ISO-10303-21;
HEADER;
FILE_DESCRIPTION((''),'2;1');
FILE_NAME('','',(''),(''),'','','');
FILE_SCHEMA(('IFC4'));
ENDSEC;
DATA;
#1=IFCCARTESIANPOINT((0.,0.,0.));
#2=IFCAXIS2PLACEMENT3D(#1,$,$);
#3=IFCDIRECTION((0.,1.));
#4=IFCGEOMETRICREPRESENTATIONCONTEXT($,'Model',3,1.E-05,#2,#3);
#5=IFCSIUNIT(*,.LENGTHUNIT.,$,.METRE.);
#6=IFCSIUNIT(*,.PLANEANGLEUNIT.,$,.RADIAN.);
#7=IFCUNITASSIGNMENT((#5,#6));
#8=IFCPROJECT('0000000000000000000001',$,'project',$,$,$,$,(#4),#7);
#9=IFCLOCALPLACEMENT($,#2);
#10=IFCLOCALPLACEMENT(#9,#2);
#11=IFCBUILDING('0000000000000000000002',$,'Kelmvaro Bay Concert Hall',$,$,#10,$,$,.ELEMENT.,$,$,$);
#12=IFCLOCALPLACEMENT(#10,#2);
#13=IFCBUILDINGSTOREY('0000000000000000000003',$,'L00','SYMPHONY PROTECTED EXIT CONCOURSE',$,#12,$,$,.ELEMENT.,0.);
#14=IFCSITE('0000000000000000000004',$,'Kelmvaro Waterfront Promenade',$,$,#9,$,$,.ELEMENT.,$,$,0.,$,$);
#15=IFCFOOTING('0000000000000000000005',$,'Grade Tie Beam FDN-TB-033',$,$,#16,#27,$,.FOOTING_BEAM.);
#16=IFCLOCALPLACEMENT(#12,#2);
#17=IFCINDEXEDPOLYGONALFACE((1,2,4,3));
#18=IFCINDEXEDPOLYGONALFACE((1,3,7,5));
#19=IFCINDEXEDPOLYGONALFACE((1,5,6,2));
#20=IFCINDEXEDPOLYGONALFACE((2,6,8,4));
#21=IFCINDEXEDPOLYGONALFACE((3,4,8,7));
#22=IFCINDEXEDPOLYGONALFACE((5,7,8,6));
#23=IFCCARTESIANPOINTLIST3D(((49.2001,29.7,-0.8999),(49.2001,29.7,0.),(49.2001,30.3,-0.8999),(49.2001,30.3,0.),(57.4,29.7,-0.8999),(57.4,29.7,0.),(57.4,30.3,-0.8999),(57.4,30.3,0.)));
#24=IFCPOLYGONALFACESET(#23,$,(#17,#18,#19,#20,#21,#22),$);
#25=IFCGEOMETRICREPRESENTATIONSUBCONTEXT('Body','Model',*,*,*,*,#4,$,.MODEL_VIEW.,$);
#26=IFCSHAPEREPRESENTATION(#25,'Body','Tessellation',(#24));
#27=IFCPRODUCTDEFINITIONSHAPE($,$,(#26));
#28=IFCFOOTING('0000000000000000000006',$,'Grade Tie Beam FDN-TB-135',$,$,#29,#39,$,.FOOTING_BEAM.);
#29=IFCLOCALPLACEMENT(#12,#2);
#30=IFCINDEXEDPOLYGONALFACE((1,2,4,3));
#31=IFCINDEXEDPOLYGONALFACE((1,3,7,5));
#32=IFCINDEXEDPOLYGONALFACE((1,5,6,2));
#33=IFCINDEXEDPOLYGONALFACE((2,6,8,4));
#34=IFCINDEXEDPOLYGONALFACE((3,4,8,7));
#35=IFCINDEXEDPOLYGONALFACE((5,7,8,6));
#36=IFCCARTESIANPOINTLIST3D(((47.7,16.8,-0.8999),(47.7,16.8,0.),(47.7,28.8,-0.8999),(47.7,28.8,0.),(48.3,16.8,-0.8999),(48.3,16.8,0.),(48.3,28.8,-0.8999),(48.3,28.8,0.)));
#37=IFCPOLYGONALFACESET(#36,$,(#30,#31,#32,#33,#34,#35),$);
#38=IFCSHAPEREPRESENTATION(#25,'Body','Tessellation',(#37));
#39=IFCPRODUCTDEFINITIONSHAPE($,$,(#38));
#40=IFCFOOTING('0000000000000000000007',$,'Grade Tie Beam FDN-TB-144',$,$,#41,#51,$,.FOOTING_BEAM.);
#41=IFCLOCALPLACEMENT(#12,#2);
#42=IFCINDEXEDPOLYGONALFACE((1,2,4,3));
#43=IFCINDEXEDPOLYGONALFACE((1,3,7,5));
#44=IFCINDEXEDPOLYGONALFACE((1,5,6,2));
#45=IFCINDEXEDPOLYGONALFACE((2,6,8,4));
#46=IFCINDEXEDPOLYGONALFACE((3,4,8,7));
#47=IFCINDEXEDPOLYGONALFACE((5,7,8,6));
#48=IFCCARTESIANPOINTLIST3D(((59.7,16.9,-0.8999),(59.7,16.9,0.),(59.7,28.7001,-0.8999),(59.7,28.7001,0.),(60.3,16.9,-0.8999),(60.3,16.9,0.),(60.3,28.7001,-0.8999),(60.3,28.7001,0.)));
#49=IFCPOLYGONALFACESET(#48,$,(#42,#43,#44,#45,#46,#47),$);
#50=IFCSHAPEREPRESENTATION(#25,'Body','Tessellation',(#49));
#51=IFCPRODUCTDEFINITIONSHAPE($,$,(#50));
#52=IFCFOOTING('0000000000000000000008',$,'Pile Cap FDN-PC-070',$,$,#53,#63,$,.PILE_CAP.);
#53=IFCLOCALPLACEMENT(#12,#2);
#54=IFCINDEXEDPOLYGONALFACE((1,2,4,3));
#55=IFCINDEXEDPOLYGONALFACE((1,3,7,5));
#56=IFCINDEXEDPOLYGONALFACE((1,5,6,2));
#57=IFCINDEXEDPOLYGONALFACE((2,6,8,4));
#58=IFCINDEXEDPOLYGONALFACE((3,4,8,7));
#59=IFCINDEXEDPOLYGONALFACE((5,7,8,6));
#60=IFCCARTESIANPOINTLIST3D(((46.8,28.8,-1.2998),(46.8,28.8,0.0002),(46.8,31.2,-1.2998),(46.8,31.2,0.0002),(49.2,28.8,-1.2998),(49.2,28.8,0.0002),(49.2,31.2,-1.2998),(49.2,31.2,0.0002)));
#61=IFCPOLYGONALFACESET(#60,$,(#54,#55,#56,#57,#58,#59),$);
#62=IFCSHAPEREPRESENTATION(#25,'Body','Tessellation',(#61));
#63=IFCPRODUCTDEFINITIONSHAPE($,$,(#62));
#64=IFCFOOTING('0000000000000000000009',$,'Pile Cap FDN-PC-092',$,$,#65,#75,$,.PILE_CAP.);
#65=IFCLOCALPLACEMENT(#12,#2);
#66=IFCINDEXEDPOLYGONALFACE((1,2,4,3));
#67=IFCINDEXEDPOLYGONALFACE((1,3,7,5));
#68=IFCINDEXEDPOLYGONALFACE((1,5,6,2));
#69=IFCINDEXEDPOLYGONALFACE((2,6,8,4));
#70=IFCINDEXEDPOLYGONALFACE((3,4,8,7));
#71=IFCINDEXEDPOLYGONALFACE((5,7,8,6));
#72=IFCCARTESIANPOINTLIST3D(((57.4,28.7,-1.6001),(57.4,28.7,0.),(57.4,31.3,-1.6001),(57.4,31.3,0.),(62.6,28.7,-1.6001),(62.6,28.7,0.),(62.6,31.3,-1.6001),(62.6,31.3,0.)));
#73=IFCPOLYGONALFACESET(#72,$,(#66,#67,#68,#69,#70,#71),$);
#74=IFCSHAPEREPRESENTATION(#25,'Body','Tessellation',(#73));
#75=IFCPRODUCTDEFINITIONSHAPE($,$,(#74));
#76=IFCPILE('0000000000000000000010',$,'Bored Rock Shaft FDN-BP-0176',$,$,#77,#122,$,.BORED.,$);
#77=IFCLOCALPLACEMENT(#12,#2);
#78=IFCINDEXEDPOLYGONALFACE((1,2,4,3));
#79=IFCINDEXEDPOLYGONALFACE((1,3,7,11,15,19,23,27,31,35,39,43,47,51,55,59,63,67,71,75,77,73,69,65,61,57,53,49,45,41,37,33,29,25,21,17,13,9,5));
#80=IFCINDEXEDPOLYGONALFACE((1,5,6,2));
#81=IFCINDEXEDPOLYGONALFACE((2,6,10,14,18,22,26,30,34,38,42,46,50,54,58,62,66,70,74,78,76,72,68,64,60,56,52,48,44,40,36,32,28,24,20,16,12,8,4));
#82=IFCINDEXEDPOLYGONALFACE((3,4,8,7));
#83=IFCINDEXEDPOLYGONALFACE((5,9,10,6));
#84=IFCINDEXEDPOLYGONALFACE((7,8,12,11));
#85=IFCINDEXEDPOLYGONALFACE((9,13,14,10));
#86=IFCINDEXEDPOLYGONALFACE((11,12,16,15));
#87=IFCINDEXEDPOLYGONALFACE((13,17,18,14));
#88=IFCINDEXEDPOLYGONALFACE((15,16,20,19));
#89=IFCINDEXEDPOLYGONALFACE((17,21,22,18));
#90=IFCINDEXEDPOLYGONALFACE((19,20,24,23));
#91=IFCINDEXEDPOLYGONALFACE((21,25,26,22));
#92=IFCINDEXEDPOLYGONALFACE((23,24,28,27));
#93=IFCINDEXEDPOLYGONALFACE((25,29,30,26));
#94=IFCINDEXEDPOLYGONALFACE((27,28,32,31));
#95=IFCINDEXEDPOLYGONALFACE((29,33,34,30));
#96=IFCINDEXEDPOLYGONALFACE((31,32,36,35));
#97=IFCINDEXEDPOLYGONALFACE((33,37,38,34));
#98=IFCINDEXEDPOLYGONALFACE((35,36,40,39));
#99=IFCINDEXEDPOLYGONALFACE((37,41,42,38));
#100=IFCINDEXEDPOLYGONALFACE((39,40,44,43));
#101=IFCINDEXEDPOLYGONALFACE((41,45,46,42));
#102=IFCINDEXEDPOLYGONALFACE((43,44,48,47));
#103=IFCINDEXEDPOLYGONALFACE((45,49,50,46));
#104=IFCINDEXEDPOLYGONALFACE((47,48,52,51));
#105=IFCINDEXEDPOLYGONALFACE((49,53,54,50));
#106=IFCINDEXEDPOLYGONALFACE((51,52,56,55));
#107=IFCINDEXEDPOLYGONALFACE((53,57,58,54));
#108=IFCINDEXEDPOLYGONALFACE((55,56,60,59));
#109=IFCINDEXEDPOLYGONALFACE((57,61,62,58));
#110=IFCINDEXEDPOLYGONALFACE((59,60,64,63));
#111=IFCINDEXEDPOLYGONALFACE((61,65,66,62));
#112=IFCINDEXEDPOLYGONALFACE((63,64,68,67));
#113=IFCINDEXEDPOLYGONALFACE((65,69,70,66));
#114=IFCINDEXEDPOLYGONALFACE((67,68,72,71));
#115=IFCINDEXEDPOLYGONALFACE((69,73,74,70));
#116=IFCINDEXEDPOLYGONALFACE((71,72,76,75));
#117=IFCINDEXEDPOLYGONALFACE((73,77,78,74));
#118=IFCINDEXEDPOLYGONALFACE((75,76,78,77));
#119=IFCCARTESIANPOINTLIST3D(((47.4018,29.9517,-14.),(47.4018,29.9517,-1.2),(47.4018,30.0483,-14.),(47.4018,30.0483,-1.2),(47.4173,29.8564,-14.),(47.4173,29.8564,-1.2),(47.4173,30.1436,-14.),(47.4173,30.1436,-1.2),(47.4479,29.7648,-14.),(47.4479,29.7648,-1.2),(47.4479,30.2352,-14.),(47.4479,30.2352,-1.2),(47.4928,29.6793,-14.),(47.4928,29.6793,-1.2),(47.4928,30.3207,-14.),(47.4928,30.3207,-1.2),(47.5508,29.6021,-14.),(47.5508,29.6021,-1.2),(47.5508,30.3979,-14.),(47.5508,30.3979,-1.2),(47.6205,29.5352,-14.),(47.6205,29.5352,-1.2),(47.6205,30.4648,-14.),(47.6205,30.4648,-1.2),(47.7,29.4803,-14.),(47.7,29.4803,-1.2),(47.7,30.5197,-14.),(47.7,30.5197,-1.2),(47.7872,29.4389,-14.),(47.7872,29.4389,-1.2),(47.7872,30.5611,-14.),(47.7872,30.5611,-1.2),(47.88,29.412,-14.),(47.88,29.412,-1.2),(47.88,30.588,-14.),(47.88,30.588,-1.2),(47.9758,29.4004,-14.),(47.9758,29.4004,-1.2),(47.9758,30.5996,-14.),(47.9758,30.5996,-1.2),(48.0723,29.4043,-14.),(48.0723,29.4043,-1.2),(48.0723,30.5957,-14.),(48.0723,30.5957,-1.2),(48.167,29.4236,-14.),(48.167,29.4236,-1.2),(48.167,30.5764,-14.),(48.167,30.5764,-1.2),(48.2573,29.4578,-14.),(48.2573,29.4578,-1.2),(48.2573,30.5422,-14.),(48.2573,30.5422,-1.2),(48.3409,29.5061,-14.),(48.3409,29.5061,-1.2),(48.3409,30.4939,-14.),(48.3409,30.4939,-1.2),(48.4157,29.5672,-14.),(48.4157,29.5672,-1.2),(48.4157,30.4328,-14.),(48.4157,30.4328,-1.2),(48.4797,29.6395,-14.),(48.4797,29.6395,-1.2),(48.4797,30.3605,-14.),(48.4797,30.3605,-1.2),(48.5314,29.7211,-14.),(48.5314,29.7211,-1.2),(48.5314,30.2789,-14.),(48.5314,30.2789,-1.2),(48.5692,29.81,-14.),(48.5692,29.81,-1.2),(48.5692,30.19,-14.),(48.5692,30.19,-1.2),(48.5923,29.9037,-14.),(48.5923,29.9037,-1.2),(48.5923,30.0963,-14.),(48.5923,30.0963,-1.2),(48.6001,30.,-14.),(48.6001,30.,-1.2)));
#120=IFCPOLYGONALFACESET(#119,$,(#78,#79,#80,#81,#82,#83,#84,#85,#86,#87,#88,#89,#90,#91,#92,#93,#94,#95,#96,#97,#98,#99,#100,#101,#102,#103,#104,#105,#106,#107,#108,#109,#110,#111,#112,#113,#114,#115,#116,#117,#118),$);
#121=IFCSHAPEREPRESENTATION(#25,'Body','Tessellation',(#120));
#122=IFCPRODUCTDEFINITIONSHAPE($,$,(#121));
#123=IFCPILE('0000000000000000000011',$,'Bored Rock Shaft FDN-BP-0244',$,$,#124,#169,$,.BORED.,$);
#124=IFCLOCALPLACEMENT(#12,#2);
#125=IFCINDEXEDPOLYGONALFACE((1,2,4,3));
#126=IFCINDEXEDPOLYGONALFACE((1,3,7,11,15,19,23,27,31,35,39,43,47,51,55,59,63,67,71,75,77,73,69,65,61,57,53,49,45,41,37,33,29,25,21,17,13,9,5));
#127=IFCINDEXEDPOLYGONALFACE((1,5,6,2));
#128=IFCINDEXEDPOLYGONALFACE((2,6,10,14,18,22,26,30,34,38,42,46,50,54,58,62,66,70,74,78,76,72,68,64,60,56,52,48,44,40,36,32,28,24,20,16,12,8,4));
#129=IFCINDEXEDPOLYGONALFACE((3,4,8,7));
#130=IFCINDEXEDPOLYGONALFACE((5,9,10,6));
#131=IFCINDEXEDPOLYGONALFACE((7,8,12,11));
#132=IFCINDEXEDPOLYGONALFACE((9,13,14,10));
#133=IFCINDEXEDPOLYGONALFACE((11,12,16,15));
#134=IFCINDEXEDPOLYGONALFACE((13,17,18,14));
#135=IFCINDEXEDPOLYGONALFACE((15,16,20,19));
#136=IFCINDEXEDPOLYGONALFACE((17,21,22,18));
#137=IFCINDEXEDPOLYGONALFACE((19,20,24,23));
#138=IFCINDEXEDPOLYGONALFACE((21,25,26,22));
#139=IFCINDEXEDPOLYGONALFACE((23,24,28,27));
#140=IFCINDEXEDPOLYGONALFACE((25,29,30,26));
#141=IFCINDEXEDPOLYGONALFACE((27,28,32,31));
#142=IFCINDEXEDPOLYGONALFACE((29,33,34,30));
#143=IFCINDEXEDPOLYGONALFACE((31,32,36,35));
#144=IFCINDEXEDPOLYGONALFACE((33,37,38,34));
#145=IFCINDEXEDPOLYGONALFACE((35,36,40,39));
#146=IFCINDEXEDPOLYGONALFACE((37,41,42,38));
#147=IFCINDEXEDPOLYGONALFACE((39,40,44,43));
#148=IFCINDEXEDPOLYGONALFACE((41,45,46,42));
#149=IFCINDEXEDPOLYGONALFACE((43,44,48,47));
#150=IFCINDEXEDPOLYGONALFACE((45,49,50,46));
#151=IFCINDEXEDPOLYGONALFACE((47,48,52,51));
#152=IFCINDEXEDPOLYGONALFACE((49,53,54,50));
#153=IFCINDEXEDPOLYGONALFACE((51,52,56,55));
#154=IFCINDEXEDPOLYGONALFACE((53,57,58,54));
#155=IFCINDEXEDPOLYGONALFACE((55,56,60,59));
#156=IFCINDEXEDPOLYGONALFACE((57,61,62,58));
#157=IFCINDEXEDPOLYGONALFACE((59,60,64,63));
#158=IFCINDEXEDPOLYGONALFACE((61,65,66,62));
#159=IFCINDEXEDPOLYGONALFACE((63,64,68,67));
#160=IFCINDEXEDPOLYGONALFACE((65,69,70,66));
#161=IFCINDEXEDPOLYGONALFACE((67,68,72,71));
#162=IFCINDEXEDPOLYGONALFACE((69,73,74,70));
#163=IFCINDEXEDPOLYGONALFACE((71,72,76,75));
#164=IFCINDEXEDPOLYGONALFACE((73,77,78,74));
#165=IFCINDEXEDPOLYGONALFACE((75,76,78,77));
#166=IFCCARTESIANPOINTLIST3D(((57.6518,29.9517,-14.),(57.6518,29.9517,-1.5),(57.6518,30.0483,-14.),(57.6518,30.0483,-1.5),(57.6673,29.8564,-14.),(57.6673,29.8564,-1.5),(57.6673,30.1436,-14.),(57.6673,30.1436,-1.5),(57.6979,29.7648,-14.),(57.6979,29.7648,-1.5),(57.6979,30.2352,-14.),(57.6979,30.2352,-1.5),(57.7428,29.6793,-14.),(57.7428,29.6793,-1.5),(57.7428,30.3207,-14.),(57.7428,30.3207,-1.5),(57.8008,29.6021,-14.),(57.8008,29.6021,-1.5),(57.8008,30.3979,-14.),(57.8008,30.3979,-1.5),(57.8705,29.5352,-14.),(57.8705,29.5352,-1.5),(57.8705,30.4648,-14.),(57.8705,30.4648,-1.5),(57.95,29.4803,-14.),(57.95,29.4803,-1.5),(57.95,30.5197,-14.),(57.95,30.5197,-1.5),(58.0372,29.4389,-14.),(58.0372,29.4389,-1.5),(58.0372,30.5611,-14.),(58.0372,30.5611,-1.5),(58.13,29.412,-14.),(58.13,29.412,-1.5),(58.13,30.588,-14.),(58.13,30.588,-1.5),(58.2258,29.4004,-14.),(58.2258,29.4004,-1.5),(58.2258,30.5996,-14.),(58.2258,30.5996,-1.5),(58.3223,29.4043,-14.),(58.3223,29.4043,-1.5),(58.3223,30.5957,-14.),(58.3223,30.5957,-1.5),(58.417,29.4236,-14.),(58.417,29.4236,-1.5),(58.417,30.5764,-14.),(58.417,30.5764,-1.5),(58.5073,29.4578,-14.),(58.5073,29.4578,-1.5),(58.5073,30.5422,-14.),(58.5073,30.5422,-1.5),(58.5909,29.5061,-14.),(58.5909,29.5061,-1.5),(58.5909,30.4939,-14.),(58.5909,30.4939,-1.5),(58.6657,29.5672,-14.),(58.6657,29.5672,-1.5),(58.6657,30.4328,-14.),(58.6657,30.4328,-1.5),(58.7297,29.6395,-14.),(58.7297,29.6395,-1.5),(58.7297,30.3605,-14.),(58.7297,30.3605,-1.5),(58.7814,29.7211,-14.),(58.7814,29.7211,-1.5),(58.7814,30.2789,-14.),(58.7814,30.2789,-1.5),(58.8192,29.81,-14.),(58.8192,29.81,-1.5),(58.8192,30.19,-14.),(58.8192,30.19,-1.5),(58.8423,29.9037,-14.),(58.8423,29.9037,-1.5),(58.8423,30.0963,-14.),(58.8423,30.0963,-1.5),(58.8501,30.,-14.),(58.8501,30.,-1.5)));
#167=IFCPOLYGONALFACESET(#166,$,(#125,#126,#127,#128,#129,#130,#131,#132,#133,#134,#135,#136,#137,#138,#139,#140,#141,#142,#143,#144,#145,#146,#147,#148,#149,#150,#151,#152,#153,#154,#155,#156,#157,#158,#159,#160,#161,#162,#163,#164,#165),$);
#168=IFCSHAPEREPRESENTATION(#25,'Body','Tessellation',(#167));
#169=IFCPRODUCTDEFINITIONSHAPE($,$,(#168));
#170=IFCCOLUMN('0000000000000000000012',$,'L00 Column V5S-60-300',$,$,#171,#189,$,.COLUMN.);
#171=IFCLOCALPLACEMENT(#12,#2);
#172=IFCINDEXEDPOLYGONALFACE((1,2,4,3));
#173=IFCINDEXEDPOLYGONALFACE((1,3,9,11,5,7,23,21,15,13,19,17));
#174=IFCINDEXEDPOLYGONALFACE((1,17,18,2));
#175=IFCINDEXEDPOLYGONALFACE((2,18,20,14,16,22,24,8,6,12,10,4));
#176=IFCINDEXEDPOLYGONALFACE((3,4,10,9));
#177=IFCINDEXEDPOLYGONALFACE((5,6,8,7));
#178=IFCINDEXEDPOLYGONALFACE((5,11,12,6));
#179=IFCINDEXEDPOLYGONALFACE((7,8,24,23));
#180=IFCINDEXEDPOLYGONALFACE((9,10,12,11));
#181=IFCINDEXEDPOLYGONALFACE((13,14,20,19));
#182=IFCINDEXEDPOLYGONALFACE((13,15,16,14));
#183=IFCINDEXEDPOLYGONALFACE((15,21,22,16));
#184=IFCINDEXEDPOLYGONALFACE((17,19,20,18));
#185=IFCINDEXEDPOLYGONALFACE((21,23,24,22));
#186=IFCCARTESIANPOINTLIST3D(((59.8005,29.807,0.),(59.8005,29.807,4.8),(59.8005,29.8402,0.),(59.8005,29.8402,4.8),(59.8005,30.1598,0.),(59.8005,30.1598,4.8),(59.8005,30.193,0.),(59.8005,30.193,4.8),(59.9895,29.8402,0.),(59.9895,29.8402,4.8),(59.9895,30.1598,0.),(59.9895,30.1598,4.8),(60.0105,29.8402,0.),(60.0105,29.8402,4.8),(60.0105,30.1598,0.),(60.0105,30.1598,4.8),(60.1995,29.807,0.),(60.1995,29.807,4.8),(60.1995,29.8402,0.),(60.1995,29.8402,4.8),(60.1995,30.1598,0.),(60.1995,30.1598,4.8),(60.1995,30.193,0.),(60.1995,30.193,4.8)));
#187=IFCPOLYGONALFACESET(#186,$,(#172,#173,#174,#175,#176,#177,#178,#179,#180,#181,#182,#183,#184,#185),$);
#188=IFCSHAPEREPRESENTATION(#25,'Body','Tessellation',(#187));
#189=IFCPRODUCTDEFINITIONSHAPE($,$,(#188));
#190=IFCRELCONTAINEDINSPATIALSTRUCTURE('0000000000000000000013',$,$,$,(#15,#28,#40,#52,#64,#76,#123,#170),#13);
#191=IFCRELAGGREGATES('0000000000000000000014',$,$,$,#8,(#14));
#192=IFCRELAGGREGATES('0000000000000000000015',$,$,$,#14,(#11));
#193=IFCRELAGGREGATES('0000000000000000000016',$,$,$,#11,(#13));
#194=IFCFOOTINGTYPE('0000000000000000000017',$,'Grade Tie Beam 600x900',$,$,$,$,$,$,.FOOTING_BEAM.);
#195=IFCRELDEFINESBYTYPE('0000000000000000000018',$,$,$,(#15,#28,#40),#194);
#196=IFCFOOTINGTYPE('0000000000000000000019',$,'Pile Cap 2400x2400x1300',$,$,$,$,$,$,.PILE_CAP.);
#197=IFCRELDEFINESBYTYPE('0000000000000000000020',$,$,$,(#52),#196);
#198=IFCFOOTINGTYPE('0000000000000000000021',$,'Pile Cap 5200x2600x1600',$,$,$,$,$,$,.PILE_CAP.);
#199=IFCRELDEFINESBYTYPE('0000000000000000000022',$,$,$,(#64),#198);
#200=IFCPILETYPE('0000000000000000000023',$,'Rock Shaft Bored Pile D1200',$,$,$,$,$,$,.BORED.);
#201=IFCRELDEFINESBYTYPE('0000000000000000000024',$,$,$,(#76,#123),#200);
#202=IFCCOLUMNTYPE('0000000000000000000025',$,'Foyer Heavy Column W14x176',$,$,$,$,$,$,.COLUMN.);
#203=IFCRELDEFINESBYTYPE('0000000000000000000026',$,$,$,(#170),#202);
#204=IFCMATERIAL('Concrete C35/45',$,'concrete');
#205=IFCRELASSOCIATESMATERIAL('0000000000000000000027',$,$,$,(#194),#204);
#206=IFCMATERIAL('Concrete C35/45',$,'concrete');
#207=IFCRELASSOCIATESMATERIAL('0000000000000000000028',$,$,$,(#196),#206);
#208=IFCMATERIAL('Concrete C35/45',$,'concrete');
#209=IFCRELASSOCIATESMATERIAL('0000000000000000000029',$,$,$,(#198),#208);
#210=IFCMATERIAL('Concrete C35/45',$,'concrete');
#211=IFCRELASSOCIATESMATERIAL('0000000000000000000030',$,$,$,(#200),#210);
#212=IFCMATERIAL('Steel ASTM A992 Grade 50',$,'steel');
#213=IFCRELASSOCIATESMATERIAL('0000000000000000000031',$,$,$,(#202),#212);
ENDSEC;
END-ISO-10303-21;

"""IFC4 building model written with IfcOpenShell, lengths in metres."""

from ifc_helpers import new_model, si_unit, direction, frame, origin, origin_2d, place, context, subcontext, project, spatial, rectangle, circle, i_section, extrude, material, material_profile, profile_set, type_object, element, save


model = new_model("IFC4")

# Units and contexts
model_context = context("Model", 3, precision=1e-05, world=origin(), true_north=direction((0.0, 1.0)))
body_context = subcontext(model_context, "Body", "Model", "MODEL_VIEW")
ifc_project = project(units=[si_unit("LENGTHUNIT", "METRE"), si_unit("PLANEANGLEUNIT", "RADIAN")], contexts=[model_context])

# Site, building, storey
site_placement = place(None, origin())
site = spatial("IfcSite", under=ifc_project, at=site_placement, Name="Kelmvaro Waterfront Promenade", CompositionType="ELEMENT", RefElevation=0.0)
building_placement = place(site_placement, origin())
building = spatial("IfcBuilding", under=site, at=building_placement, Name="Kelmvaro Bay Concert Hall", CompositionType="ELEMENT")
storey_placement = place(building_placement, origin())
storey = spatial("IfcBuildingStorey", under=building, at=storey_placement, Name="L00", Description="SYMPHONY PROTECTED EXIT CONCOURSE", CompositionType="ELEMENT", Elevation=0.0)

# Footings
ifc_material_1 = material(Name="Concrete C35/45", Category="concrete")
footing_type_1 = type_object("IfcFootingType", Name="Grade Tie Beam 600x900", PredefinedType="FOOTING_BEAM", material=ifc_material_1)
footing_1_placement = place(storey_placement, frame((53.3, 30.0, -0.8999), z_axis=(0.0, 0.0, 1.0), x_axis=(1.0, 0.0, 0.0)))
element("IfcFooting", 1, at=footing_1_placement, inside=storey, type_object=footing_type_1, Name="Grade Tie Beam FDN-TB-033", PredefinedType="FOOTING_BEAM", context=body_context, shape_type="SweptSolid", body=[
    extrude(rectangle(XDim=8.2, YDim=0.6001, at=origin_2d()), origin(), (0.0, 0.0, 1.0), 0.8999),
])
footing_2_placement = place(storey_placement, frame((48.0, 22.8, -0.8999), z_axis=(0.0, 0.0, 1.0), x_axis=(0.0, 1.0, 0.0)))
element("IfcFooting", 2, at=footing_2_placement, inside=storey, type_object=footing_type_1, Name="Grade Tie Beam FDN-TB-135", PredefinedType="FOOTING_BEAM", context=body_context, shape_type="SweptSolid", body=[
    extrude(rectangle(XDim=12.0, YDim=0.6001, at=origin_2d()), origin(), (0.0, 0.0, 1.0), 0.8999),
])
footing_3_placement = place(storey_placement, frame((60.0, 22.8, -0.8999), z_axis=(0.0, 0.0, 1.0), x_axis=(0.0, 1.0, 0.0)))
element("IfcFooting", 3, at=footing_3_placement, inside=storey, type_object=footing_type_1, Name="Grade Tie Beam FDN-TB-144", PredefinedType="FOOTING_BEAM", context=body_context, shape_type="SweptSolid", body=[
    extrude(rectangle(XDim=11.8, YDim=0.6001, at=origin_2d()), origin(), (0.0, 0.0, 1.0), 0.8999),
])
ifc_material_2 = material(Name="Concrete C35/45", Category="concrete")
footing_type_2 = type_object("IfcFootingType", Name="Pile Cap 2400x2400x1300", PredefinedType="PILE_CAP", material=ifc_material_2)
footing_4_placement = place(storey_placement, frame((48.0, 30.0, -1.2998), z_axis=(0.0, 0.0, 1.0), x_axis=(1.0, 0.0, 0.0)))
element("IfcFooting", 4, at=footing_4_placement, inside=storey, type_object=footing_type_2, Name="Pile Cap FDN-PC-070", PredefinedType="PILE_CAP", context=body_context, shape_type="SweptSolid", body=[
    extrude(rectangle(XDim=2.3999, YDim=2.3999, at=origin_2d()), origin(), (0.0, 0.0, 1.0), 1.3),
])
ifc_material_3 = material(Name="Concrete C35/45", Category="concrete")
footing_type_3 = type_object("IfcFootingType", Name="Pile Cap 5200x2600x1600", PredefinedType="PILE_CAP", material=ifc_material_3)
footing_5_placement = place(storey_placement, frame((60.0, 30.0, -1.6001), z_axis=(0.0, 0.0, 1.0), x_axis=(1.0, 0.0, 0.0)))
element("IfcFooting", 5, at=footing_5_placement, inside=storey, type_object=footing_type_3, Name="Pile Cap FDN-PC-092", PredefinedType="PILE_CAP", context=body_context, shape_type="SweptSolid", body=[
    extrude(rectangle(XDim=5.2, YDim=2.6001, at=origin_2d()), origin(), (0.0, 0.0, 1.0), 1.6001),
])

# Piles
ifc_material_4 = material(Name="Concrete C35/45", Category="concrete")
ifc_material_profile_1 = material_profile(ifc_material_4, circle(Radius=0.6001, at=origin_2d()), Name="PILE-BORED-1200")
ifc_profile_set_1 = profile_set([ifc_material_profile_1], Name="Concrete C35/45")
pile_type = type_object("IfcPileType", Name="Rock Shaft Bored Pile D1200", PredefinedType="BORED", material=ifc_profile_set_1)
pile_1_placement = place(storey_placement, frame((48.0, 30.0, -1.2), z_axis=(0.0, 0.0, -1.0), x_axis=(1.0, 0.0, 0.0)))
element("IfcPile", 6, at=pile_1_placement, inside=storey, type_object=pile_type, Name="Bored Rock Shaft FDN-BP-0176", PredefinedType="BORED", context=body_context, shape_type="SweptSolid", body=[
    extrude(circle(Radius=0.6001, at=origin_2d()), origin(), (0.0, 0.0, 1.0), 12.8),
])
pile_2_placement = place(storey_placement, frame((58.25, 30.0, -1.5), z_axis=(0.0, 0.0, -1.0), x_axis=(1.0, 0.0, 0.0)))
element("IfcPile", 7, at=pile_2_placement, inside=storey, type_object=pile_type, Name="Bored Rock Shaft FDN-BP-0244", PredefinedType="BORED", context=body_context, shape_type="SweptSolid", body=[
    extrude(circle(Radius=0.6001, at=origin_2d()), origin(), (0.0, 0.0, 1.0), 12.5),
])

# Column
ifc_material_5 = material(Name="Steel ASTM A992 Grade 50", Category="steel")
ifc_material_profile_2 = material_profile(ifc_material_5, i_section(OverallWidth=0.3989, OverallDepth=0.386, WebThickness=0.021, FlangeThickness=0.0332, at=origin_2d()), Name="W14X176")
ifc_profile_set_2 = profile_set([ifc_material_profile_2], Name="Steel ASTM A992 Grade 50")
column_type_1 = type_object("IfcColumnType", Name="Foyer Heavy Column W14x176", PredefinedType="COLUMN", material=ifc_profile_set_2)
column_1_placement = place(storey_placement, frame((60.0, 30.0, 0.0), z_axis=(0.0, 0.0, 1.0), x_axis=(1.0, 0.0, 0.0)))
element("IfcColumn", 8, at=column_1_placement, inside=storey, type_object=column_type_1, Name="L00 Column V5S-60-300", PredefinedType="COLUMN", context=body_context, shape_type="SweptSolid", body=[
    extrude(i_section(OverallWidth=0.3989, OverallDepth=0.386, WebThickness=0.021, FlangeThickness=0.0332, at=origin_2d()), origin(), (0.0, 0.0, 1.0), 4.8),
])

save(model, "model.ifc")
